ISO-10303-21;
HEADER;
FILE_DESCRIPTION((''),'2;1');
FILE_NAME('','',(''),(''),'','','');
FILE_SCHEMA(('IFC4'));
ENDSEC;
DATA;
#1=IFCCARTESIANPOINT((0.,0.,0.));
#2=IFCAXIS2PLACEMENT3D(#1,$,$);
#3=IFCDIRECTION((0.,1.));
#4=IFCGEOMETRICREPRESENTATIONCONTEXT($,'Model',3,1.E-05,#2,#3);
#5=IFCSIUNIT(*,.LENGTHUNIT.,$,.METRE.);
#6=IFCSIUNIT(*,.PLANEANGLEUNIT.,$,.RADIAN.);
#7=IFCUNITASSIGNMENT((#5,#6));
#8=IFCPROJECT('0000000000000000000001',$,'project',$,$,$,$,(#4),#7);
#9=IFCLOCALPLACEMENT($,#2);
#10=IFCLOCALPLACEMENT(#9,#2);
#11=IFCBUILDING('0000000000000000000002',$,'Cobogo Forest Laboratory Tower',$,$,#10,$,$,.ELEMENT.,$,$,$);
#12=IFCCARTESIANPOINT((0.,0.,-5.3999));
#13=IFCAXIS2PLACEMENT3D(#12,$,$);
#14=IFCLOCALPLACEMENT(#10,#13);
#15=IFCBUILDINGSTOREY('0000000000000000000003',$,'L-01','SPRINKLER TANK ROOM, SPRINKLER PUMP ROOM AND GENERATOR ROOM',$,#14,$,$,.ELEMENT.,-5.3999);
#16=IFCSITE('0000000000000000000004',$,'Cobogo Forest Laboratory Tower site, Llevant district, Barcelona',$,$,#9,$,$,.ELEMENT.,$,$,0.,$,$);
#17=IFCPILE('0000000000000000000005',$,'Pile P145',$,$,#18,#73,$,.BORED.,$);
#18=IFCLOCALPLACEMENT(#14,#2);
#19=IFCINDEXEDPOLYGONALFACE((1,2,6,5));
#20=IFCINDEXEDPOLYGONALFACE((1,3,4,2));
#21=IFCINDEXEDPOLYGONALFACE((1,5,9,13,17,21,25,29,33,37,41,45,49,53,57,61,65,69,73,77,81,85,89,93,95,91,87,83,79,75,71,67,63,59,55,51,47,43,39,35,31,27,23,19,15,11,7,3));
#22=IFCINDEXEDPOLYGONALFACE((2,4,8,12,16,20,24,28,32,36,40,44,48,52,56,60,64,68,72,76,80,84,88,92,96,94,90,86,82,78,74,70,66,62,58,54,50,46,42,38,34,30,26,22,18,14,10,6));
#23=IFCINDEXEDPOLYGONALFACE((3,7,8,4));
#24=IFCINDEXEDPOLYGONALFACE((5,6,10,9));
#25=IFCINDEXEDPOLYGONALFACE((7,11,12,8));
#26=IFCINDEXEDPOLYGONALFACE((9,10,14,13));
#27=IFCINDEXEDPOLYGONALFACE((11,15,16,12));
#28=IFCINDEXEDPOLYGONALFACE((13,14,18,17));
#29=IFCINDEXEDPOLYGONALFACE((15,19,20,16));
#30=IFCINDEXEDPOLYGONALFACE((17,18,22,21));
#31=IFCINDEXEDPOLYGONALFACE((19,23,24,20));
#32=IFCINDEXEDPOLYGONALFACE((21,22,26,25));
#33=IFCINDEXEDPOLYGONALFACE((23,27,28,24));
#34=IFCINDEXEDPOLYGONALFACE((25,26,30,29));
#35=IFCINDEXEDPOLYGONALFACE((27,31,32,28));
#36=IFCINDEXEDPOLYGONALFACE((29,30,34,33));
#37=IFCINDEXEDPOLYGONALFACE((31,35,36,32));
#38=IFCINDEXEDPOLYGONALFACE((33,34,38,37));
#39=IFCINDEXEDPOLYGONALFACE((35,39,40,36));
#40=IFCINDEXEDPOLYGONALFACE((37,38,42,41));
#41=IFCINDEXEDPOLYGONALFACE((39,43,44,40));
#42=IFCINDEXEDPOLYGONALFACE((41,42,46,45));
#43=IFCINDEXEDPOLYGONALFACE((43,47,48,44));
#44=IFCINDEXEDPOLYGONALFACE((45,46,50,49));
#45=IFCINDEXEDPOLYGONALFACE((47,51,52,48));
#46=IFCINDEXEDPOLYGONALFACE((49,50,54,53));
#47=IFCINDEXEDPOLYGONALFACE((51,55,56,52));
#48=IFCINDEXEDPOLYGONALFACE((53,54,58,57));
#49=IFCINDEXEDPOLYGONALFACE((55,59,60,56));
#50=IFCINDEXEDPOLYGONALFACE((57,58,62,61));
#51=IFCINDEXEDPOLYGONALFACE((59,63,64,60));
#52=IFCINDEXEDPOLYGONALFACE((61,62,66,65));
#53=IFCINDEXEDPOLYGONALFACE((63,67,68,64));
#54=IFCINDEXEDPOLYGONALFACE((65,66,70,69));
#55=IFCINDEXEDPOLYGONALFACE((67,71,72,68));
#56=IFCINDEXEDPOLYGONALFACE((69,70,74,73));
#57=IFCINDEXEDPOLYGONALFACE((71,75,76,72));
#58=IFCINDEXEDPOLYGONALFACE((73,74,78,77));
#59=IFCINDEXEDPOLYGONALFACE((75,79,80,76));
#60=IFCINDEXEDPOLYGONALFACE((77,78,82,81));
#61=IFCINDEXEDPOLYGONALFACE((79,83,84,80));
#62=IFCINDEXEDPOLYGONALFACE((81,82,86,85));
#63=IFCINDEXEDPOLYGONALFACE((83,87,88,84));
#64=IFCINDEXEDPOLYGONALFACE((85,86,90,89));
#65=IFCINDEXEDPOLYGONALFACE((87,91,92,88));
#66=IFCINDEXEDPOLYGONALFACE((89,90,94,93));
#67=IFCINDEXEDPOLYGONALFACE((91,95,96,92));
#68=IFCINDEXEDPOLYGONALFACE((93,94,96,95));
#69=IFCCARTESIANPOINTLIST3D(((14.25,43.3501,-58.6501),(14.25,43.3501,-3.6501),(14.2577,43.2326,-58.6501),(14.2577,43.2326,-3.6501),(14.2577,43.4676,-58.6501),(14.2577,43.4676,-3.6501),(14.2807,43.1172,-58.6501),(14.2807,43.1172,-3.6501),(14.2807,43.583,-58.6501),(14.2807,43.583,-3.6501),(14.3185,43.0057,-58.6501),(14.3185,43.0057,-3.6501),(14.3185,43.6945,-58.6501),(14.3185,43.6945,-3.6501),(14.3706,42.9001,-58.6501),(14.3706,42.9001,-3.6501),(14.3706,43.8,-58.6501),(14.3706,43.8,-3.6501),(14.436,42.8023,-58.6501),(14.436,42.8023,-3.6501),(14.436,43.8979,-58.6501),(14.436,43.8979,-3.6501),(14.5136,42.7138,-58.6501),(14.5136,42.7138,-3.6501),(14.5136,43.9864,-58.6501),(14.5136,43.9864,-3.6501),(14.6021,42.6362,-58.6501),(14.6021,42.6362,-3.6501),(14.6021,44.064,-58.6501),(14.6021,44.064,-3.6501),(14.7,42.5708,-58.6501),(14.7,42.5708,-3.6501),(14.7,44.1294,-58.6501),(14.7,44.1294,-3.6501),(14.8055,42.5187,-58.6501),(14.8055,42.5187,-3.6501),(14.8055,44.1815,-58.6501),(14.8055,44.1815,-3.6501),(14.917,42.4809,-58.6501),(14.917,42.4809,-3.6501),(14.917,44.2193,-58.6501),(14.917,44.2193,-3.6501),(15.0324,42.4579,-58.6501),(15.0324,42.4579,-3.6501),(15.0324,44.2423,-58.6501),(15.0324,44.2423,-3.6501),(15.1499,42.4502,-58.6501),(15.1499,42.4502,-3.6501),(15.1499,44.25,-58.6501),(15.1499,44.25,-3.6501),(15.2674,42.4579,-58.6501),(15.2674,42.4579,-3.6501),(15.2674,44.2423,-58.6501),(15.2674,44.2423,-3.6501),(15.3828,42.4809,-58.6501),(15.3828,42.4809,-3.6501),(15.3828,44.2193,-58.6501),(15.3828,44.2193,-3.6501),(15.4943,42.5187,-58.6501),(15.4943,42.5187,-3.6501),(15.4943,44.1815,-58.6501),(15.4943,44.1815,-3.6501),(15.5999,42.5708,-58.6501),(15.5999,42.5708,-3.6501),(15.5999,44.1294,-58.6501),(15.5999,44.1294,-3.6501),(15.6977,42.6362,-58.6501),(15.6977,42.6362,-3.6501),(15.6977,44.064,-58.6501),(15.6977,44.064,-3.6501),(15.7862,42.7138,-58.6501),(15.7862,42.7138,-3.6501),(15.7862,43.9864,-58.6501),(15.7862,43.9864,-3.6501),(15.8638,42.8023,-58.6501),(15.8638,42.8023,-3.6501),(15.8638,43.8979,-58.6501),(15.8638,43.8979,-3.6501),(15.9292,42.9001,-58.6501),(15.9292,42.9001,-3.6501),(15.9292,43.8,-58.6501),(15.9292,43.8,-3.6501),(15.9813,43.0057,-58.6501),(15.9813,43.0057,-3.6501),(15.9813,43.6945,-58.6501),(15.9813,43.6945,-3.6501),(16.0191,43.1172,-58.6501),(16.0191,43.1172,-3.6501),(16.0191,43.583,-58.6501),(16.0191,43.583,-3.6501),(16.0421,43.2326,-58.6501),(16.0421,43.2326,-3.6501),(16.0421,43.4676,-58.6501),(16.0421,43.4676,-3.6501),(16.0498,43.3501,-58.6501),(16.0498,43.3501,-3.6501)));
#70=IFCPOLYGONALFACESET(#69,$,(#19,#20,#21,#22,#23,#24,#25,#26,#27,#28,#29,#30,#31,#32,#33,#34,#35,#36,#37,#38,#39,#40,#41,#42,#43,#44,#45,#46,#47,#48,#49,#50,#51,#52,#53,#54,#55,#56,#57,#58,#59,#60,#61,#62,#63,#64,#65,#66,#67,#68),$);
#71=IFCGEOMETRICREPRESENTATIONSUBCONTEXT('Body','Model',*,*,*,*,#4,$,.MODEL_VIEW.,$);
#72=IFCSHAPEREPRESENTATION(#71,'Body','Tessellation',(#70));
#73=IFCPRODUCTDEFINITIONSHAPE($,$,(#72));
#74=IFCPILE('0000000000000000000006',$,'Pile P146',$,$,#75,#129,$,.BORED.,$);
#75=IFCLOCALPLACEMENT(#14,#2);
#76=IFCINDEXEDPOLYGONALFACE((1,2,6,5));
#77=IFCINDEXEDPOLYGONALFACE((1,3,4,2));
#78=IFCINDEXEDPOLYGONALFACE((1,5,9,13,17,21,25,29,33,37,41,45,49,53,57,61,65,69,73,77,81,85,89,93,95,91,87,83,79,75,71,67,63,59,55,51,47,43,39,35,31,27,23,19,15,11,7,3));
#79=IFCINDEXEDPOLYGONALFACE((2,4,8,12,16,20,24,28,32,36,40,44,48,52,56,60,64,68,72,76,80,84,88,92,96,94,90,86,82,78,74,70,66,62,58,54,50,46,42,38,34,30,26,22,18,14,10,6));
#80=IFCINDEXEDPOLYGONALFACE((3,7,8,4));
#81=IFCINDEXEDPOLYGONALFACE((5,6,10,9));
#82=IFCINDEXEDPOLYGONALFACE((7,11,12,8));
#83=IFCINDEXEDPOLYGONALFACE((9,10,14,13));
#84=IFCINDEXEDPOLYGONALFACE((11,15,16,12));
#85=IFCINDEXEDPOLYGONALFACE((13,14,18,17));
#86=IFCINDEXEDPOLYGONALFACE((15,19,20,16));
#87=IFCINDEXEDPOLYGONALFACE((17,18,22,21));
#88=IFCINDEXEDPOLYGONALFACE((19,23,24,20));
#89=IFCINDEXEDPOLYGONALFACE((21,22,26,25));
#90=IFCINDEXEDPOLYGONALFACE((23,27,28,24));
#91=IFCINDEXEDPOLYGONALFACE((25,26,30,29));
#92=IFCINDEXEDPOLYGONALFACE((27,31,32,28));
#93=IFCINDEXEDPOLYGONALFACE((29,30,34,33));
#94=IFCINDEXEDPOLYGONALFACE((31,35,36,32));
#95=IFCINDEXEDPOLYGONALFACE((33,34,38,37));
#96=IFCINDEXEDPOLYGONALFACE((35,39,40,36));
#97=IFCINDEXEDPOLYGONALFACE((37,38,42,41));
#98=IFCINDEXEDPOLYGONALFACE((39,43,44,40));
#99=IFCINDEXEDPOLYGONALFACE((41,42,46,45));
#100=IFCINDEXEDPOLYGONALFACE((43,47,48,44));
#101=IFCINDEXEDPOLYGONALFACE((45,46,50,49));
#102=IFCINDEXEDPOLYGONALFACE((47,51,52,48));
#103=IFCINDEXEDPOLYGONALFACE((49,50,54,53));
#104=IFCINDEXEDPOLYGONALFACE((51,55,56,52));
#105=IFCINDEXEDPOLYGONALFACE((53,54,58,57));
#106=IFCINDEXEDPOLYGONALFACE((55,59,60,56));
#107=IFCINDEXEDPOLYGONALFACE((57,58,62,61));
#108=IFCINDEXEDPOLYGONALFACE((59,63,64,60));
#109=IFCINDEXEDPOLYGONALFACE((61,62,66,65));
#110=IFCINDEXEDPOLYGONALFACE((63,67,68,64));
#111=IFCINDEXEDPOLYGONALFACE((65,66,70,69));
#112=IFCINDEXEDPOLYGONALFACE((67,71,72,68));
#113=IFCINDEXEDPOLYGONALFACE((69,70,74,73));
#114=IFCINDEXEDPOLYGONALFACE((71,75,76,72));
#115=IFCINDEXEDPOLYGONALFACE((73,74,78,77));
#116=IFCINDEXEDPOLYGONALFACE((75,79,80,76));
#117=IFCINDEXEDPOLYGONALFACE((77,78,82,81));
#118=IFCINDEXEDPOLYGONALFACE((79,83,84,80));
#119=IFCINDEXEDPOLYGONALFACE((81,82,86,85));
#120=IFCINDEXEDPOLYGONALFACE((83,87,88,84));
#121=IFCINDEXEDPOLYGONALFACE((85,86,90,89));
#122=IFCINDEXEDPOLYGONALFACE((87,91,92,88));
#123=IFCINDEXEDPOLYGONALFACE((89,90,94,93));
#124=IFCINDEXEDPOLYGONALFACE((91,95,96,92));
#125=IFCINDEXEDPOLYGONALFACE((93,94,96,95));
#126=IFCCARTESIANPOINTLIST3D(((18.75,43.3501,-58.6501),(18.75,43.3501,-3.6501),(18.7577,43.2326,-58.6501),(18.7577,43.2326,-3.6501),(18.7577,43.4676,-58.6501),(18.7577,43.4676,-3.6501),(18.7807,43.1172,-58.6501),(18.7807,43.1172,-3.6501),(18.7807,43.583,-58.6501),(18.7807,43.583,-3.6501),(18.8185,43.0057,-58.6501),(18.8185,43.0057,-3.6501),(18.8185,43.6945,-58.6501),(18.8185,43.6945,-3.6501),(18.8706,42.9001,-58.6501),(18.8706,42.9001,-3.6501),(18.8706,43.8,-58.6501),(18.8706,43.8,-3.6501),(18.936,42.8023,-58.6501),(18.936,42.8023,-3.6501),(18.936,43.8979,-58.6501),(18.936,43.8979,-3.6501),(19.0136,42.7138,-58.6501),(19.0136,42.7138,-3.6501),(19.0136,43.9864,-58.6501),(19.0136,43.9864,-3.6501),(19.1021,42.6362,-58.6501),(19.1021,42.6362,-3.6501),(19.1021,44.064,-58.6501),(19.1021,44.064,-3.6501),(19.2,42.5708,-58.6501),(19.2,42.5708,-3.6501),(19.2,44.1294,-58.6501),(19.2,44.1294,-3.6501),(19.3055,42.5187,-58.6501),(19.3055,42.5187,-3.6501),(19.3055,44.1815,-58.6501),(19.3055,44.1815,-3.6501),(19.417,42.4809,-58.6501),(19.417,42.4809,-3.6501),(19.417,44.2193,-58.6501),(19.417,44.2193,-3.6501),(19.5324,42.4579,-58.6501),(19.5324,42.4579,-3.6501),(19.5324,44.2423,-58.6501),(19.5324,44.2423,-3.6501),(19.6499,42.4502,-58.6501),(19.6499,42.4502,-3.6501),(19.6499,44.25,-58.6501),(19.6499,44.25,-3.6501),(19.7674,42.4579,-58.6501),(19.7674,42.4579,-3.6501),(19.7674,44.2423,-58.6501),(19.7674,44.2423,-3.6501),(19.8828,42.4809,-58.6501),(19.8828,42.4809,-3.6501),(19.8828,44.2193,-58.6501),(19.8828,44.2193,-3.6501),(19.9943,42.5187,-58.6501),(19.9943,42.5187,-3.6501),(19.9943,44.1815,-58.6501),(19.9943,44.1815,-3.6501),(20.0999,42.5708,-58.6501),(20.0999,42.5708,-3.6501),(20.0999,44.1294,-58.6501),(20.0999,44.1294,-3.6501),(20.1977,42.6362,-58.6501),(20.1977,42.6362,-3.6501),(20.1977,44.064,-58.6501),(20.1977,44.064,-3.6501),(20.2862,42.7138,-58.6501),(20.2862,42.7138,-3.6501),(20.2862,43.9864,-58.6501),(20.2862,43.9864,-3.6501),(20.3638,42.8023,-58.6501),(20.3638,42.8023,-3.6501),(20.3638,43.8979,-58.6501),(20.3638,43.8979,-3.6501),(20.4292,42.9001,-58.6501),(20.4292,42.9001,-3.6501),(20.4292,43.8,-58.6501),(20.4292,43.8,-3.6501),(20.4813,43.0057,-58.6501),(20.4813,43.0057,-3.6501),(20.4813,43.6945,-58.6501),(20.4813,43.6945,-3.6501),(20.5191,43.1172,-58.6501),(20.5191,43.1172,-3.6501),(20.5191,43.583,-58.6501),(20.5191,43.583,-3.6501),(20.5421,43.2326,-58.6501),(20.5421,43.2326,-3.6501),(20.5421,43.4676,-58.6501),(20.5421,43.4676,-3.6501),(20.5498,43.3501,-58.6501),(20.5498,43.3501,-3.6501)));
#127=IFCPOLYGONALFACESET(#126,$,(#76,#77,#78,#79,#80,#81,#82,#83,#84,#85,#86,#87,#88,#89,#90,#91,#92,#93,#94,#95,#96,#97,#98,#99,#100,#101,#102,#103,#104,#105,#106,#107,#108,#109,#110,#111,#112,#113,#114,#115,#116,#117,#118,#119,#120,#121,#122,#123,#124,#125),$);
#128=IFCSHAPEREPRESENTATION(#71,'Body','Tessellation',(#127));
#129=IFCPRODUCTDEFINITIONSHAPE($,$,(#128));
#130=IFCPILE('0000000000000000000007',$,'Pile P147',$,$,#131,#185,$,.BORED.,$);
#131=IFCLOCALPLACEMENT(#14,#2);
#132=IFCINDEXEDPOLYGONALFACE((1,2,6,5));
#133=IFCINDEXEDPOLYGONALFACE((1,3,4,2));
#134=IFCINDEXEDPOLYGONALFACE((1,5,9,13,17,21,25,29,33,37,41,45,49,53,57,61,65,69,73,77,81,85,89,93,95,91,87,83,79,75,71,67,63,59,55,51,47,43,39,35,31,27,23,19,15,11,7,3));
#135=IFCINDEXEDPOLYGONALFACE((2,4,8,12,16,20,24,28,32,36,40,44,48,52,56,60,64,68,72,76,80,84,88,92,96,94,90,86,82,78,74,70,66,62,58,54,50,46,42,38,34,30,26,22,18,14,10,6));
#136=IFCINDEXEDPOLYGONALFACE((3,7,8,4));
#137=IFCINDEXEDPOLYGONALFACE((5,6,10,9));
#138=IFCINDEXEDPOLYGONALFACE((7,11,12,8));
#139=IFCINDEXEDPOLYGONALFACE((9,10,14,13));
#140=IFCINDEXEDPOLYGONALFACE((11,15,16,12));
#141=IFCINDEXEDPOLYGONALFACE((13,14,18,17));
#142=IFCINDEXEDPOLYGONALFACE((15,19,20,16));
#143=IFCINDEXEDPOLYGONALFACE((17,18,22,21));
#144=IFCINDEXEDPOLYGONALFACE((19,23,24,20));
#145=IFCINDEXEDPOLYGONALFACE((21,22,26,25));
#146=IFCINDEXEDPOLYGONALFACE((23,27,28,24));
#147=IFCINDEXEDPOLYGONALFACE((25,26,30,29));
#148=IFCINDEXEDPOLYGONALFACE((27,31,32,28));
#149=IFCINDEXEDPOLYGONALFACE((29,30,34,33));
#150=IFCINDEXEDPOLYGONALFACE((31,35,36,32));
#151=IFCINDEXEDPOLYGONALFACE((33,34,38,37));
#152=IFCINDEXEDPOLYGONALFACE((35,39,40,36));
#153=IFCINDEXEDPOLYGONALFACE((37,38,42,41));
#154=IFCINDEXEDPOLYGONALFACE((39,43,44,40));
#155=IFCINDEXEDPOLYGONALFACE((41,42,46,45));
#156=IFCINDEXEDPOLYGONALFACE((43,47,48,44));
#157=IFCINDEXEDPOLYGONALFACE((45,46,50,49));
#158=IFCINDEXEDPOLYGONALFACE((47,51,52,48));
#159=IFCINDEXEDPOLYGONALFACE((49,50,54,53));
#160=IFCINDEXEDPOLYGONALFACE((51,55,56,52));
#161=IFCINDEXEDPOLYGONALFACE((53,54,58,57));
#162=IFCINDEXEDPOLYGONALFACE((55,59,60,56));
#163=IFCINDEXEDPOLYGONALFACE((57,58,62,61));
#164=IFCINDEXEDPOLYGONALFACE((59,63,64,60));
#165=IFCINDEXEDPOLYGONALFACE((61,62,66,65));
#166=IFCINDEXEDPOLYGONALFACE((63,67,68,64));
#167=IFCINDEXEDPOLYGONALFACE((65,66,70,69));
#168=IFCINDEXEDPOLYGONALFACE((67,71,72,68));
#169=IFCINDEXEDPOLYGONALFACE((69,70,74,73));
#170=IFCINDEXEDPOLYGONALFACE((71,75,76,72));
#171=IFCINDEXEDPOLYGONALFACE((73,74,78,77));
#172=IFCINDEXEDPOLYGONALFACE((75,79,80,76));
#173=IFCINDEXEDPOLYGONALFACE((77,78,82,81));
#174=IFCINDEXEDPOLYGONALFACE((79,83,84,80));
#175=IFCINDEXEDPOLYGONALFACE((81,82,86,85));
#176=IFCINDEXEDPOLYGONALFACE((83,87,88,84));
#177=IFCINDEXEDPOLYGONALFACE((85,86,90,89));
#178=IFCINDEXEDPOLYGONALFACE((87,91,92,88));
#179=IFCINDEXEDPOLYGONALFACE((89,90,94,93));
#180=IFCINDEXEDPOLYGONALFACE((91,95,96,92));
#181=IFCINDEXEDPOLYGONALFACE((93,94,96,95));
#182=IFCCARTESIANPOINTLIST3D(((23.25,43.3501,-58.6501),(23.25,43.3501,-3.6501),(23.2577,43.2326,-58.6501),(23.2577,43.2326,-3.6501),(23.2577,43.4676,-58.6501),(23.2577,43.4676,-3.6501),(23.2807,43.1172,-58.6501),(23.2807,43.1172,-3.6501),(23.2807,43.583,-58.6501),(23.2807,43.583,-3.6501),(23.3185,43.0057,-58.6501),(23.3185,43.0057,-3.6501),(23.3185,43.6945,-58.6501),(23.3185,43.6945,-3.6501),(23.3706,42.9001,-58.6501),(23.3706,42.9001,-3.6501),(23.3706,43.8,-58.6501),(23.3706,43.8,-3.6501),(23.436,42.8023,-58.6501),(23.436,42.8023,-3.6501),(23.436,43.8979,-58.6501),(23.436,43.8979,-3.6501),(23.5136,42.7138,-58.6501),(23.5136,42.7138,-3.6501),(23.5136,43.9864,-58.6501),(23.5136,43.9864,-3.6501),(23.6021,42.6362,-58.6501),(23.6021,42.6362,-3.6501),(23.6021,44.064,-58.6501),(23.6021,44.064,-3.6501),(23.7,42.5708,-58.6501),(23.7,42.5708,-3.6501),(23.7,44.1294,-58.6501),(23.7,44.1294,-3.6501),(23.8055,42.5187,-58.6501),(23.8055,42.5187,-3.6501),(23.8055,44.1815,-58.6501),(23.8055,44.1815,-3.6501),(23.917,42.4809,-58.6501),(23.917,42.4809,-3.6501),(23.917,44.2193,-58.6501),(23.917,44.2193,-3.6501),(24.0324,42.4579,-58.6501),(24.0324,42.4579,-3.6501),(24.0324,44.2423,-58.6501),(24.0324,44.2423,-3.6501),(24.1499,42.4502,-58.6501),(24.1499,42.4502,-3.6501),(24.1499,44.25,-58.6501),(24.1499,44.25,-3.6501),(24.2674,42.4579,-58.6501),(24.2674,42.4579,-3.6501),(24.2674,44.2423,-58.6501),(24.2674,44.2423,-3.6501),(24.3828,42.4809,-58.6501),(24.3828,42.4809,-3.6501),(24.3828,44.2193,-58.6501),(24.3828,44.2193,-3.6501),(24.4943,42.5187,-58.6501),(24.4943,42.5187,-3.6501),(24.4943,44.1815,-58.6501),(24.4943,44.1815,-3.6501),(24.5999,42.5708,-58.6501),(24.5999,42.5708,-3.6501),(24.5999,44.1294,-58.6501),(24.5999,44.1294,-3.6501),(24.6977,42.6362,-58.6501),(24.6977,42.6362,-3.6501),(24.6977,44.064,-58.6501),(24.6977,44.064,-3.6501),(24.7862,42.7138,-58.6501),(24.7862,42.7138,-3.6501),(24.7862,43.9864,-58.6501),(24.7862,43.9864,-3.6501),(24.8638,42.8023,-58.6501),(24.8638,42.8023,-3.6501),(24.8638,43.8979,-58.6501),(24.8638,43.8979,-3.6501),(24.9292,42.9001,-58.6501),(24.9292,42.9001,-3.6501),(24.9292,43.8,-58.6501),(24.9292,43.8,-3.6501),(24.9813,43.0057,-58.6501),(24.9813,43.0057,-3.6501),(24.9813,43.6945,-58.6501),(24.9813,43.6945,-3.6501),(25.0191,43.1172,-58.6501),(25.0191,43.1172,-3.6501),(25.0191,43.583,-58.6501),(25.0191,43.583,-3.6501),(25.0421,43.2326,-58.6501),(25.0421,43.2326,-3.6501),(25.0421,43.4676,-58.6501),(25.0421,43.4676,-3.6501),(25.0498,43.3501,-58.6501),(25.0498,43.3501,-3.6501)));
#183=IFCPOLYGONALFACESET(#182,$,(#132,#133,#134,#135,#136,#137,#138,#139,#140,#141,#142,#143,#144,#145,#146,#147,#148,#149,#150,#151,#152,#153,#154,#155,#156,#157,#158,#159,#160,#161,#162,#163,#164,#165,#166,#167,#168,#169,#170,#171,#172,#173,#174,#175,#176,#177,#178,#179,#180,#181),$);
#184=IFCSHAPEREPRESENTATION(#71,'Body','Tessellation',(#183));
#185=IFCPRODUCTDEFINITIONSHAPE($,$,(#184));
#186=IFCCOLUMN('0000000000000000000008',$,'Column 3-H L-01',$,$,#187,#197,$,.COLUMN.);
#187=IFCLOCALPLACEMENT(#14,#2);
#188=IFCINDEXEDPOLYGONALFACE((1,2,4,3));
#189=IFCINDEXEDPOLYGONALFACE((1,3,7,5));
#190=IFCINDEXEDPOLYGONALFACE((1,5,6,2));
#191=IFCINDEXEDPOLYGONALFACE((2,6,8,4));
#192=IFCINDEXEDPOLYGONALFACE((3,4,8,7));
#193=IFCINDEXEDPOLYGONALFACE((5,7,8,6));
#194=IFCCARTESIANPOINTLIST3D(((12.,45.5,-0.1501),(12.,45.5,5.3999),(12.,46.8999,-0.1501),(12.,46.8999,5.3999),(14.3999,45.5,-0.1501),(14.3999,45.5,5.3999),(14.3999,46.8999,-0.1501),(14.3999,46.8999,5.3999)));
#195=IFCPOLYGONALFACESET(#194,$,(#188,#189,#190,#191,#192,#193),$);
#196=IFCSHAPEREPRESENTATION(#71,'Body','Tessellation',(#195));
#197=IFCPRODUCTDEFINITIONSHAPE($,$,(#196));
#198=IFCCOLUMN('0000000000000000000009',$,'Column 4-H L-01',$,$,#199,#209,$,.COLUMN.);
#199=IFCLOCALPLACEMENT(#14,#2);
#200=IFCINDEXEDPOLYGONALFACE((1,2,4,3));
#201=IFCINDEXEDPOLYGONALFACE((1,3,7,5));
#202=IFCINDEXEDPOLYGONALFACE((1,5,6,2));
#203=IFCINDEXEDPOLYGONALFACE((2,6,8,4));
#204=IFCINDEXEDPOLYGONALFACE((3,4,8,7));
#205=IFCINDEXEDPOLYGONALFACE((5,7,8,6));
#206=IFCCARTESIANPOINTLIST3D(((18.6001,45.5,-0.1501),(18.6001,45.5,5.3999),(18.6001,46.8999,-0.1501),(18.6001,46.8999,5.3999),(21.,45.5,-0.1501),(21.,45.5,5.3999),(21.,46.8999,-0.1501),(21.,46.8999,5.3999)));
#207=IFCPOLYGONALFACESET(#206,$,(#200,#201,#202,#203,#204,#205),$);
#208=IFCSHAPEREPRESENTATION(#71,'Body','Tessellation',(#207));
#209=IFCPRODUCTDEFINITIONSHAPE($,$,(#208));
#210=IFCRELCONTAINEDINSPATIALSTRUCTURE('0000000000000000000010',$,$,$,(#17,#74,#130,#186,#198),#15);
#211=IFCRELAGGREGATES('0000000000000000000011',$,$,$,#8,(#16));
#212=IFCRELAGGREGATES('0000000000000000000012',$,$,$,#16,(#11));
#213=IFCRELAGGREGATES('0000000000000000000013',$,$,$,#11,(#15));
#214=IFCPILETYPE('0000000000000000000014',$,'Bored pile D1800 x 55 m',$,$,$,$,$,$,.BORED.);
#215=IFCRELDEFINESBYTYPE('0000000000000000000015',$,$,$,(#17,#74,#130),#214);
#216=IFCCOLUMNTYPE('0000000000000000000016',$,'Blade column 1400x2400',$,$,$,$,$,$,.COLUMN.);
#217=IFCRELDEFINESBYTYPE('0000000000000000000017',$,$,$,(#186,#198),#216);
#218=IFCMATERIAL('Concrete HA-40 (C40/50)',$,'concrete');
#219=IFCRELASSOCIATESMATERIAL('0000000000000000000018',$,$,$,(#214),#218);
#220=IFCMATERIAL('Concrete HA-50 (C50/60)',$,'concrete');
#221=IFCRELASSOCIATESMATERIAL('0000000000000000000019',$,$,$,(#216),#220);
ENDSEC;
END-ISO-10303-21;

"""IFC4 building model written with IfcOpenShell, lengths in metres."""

from ifc_helpers import new_model, si_unit, direction, frame, origin, origin_2d, place, context, subcontext, project, spatial, rectangle, circle, extrude, material, material_profile, profile_set, type_object, element, save


model = new_model("IFC4")

# Units and contexts
model_context = context("Model", 3, precision=1e-05, world=origin(), true_north=direction((0.0, 1.0)))
body_context = subcontext(model_context, "Body", "Model", "MODEL_VIEW")
ifc_project = project(units=[si_unit("LENGTHUNIT", "METRE"), si_unit("PLANEANGLEUNIT", "RADIAN")], contexts=[model_context])

# Site, building, storey
site_placement = place(None, origin())
site = spatial("IfcSite", under=ifc_project, at=site_placement, Name="Cobogo Forest Laboratory Tower site, Llevant district, Barcelona", CompositionType="ELEMENT", RefElevation=0.0)
building_placement = place(site_placement, origin())
building = spatial("IfcBuilding", under=site, at=building_placement, Name="Cobogo Forest Laboratory Tower", CompositionType="ELEMENT")
storey_placement = place(building_placement, frame((0.0, 0.0, -5.3999)))
storey = spatial("IfcBuildingStorey", under=building, at=storey_placement, Name="L-01", Description="SPRINKLER TANK ROOM, SPRINKLER PUMP ROOM AND GENERATOR ROOM", CompositionType="ELEMENT", Elevation=-5.3999)

# Piles
ifc_material_1 = material(Name="Concrete HA-40 (C40/50)", Category="concrete")
ifc_material_profile_1 = material_profile(ifc_material_1, circle(Radius=0.8999, at=origin_2d()), Name="PILE D1800")
ifc_profile_set_1 = profile_set([ifc_material_profile_1], Name="Concrete HA-40 (C40/50)")
pile_type_1 = type_object("IfcPileType", Name="Bored pile D1800 x 55 m", PredefinedType="BORED", material=ifc_profile_set_1)
for number, where, z_axis, x_axis, name in (
    (1, (15.1499, 43.3501, -3.6501), (0.0, 0.0, -1.0), (1.0, 0.0, 0.0), "Pile P145"),
    (2, (19.6499, 43.3501, -3.6501), (0.0, 0.0, -1.0), (1.0, 0.0, 0.0), "Pile P146"),
    (3, (24.1499, 43.3501, -3.6501), (0.0, 0.0, -1.0), (1.0, 0.0, 0.0), "Pile P147"),
):
    element("IfcPile", number, at=place(storey_placement, frame(where, z_axis=z_axis, x_axis=x_axis)), inside=storey, type_object=pile_type_1, Name=name, PredefinedType="BORED", context=body_context, shape_type="SweptSolid", body=[
        extrude(circle(Radius=0.8999, at=origin_2d()), origin(), (0.0, 0.0, 1.0), 55.0),
    ])

# Columns
ifc_material_2 = material(Name="Concrete HA-50 (C50/60)", Category="concrete")
ifc_material_profile_2 = material_profile(ifc_material_2, rectangle(XDim=2.3999, YDim=1.3999, at=origin_2d()), Name="RC 1400x2400")
ifc_profile_set_2 = profile_set([ifc_material_profile_2], Name="Concrete HA-50 (C50/60)")
column_type = type_object("IfcColumnType", Name="Blade column 1400x2400", PredefinedType="COLUMN", material=ifc_profile_set_2)
for number, where, z_axis, x_axis, name in (
    (4, (13.2, 46.2, -0.1501), (0.0, 0.0, 1.0), (1.0, 0.0, 0.0), "Column 3-H L-01"),
    (5, (19.8, 46.2, -0.1501), (0.0, 0.0, 1.0), (1.0, 0.0, 0.0), "Column 4-H L-01"),
):
    element("IfcColumn", number, at=place(storey_placement, frame(where, z_axis=z_axis, x_axis=x_axis)), inside=storey, type_object=column_type, Name=name, PredefinedType="COLUMN", context=body_context, shape_type="SweptSolid", body=[
        extrude(rectangle(XDim=2.3999, YDim=1.3999, at=origin_2d()), origin(), (0.0, 0.0, 1.0), 5.55),
    ])

save(model, "model.ifc")
